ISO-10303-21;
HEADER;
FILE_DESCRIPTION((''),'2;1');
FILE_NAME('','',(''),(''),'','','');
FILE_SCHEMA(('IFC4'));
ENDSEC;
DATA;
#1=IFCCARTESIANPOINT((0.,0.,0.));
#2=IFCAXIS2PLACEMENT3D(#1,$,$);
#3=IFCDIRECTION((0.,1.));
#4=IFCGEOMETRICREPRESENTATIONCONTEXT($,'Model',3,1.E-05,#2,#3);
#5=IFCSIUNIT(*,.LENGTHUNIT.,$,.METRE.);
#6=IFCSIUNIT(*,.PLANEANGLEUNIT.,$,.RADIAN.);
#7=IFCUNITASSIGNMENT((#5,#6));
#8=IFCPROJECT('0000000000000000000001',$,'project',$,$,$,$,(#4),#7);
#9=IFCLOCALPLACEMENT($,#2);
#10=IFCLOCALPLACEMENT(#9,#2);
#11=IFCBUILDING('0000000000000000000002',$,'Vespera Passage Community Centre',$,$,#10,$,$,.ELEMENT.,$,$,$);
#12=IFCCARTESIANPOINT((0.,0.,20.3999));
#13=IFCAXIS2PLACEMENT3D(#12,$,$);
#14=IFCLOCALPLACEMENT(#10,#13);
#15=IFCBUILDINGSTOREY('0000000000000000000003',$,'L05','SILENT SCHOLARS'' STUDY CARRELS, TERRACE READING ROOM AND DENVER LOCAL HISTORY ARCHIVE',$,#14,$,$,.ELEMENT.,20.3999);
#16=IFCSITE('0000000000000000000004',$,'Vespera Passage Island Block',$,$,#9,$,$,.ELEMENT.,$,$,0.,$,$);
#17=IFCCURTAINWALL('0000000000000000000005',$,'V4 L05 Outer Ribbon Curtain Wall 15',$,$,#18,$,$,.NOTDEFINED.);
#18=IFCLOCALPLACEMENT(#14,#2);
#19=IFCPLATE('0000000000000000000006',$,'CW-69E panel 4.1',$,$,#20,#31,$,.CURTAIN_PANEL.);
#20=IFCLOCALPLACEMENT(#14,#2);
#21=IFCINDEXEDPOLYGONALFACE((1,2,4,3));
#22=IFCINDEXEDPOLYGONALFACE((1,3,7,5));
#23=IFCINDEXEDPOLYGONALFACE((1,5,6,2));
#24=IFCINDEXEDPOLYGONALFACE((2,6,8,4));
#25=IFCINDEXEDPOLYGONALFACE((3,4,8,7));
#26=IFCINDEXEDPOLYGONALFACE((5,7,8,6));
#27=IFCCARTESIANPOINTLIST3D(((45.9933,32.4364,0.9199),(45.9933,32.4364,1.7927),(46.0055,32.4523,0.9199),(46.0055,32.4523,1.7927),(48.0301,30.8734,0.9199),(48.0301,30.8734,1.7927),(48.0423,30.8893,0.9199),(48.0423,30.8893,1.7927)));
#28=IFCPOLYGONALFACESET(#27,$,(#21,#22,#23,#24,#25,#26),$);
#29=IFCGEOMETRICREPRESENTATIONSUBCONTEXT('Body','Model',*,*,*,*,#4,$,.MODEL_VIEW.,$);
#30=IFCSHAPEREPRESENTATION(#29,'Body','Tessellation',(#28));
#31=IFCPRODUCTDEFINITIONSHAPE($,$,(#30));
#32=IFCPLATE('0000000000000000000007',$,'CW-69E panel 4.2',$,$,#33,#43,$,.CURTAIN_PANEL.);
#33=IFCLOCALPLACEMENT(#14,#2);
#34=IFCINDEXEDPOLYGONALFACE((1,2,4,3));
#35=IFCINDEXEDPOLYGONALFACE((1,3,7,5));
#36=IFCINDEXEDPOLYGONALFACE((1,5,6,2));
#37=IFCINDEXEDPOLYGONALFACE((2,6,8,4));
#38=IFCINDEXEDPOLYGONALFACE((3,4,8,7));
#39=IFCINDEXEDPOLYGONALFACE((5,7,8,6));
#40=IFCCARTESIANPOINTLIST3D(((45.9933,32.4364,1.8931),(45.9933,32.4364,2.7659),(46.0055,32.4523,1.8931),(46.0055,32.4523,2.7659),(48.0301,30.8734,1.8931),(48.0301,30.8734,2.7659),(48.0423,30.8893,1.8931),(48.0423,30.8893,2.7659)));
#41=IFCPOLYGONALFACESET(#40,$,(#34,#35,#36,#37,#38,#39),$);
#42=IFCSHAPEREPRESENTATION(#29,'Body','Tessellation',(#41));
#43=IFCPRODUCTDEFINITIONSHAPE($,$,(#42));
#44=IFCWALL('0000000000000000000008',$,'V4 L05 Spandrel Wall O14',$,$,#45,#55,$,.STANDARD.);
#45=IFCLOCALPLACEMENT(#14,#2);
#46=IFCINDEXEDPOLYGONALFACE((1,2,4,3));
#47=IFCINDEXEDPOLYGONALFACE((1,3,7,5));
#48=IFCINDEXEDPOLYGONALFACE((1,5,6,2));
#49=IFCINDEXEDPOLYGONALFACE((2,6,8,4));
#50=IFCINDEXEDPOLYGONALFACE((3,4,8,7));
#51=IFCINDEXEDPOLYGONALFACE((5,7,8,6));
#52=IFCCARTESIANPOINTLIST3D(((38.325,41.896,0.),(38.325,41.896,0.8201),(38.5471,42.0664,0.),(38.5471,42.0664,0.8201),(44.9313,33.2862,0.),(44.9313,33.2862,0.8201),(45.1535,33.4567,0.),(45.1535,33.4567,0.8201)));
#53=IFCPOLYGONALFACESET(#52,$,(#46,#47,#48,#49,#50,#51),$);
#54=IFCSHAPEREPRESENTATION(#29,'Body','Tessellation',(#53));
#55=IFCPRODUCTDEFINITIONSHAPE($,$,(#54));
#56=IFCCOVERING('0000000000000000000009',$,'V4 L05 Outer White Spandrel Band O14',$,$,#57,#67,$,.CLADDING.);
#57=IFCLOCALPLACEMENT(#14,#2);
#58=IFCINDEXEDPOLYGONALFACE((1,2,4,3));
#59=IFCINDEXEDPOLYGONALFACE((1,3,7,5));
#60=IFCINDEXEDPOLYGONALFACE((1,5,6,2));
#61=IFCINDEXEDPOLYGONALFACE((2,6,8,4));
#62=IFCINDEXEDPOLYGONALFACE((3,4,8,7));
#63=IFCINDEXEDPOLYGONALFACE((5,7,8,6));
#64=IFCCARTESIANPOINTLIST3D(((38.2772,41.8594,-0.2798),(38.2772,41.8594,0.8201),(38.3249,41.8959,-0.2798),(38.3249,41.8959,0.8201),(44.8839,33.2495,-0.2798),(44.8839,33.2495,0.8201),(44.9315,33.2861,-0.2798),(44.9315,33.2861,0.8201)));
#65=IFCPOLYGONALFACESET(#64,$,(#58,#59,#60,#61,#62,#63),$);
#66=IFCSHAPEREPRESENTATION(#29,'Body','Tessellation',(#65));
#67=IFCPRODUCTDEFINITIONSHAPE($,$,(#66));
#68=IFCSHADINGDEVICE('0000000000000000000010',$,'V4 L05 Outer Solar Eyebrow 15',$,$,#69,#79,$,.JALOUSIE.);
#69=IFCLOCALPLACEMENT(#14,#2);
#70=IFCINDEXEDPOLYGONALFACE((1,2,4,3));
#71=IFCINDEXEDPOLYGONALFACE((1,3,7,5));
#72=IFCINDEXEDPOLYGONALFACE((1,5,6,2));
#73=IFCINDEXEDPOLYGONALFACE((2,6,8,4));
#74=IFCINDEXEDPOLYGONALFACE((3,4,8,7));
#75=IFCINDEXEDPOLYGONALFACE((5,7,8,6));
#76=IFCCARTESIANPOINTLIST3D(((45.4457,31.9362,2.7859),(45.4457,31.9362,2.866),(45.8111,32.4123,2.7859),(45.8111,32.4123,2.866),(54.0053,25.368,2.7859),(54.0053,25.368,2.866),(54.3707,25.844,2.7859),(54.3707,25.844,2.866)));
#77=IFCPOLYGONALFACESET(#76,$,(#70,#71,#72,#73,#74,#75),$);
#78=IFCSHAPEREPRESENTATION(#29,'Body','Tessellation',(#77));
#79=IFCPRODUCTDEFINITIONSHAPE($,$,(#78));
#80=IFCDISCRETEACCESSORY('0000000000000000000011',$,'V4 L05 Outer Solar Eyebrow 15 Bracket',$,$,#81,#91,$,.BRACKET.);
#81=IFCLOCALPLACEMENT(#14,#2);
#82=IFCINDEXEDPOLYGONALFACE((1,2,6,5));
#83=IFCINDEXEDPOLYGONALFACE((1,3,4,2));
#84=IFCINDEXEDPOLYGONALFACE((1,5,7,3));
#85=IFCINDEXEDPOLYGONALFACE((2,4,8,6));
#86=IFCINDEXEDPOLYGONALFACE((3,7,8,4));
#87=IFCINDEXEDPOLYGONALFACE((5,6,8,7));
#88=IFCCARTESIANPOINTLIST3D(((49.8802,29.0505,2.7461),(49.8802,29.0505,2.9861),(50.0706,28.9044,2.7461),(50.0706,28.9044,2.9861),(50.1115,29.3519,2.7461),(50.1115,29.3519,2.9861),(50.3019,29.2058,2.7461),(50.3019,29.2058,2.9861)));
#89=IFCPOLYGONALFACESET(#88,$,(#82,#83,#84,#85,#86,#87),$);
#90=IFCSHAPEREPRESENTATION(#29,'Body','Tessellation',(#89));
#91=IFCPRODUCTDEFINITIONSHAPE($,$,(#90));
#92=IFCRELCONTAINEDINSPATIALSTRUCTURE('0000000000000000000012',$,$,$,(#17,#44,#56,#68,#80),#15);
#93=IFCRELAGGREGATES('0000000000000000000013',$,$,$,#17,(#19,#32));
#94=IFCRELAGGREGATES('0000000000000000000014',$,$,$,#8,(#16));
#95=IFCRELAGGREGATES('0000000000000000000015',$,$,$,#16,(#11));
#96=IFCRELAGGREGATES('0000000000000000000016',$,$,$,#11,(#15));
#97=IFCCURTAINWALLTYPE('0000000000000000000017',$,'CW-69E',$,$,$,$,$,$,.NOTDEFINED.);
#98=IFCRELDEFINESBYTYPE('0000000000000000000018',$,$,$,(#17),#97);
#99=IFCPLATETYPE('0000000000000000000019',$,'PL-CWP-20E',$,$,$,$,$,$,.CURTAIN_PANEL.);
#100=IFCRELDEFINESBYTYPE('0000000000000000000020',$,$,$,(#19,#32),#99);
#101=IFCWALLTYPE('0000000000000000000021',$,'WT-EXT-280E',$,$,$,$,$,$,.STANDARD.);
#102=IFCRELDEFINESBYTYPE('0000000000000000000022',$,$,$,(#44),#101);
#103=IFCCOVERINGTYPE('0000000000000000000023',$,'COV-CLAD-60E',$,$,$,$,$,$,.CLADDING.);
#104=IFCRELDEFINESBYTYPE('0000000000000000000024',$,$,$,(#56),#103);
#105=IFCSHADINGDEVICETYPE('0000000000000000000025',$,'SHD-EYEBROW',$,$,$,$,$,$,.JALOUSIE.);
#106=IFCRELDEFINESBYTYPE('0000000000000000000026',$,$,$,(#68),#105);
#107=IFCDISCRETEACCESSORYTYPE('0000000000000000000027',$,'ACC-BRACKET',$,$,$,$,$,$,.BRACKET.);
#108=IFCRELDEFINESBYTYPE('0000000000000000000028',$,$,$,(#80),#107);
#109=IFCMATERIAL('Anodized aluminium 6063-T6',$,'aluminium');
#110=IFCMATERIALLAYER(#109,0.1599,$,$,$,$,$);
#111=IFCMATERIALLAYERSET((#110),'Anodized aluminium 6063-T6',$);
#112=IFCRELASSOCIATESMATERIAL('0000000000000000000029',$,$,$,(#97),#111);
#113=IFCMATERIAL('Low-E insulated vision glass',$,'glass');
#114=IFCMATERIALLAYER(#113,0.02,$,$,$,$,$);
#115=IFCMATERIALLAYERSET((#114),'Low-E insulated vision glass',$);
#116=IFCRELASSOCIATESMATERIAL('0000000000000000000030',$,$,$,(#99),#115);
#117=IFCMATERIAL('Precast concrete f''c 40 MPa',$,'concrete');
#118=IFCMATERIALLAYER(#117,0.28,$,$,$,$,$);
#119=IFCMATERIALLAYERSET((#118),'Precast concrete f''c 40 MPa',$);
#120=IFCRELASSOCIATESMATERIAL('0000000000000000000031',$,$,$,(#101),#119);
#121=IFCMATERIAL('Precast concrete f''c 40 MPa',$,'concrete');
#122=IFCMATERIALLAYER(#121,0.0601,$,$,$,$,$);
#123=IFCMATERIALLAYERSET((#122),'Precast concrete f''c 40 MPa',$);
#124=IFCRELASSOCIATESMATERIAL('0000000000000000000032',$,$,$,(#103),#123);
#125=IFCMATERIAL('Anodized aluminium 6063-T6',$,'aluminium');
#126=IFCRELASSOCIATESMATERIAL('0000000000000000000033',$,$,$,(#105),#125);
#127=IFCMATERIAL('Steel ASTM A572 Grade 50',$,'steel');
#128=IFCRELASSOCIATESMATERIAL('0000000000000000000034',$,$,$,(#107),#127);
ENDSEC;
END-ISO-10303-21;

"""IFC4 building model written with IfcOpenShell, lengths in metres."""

from ifc_helpers import new_model, si_unit, direction, frame, frame_2d, origin, origin_2d, place, context, subcontext, project, spatial, rectangle, extrude, material, layer, layer_set, type_object, element, aggregate, save


model = new_model("IFC4")

# Units and contexts
model_context = context("Model", 3, precision=1e-05, world=origin(), true_north=direction((0.0, 1.0)))
body_context = subcontext(model_context, "Body", "Model", "MODEL_VIEW")
ifc_project = project(units=[si_unit("LENGTHUNIT", "METRE"), si_unit("PLANEANGLEUNIT", "RADIAN")], contexts=[model_context])

# Site, building, storey
site_placement = place(None, origin())
site = spatial("IfcSite", under=ifc_project, at=site_placement, Name="Vespera Passage Island Block", CompositionType="ELEMENT", RefElevation=0.0)
building_placement = place(site_placement, origin())
building = spatial("IfcBuilding", under=site, at=building_placement, Name="Vespera Passage Community Centre", CompositionType="ELEMENT")
storey_placement = place(building_placement, frame((0.0, 0.0, 20.3999)))
storey = spatial("IfcBuildingStorey", under=building, at=storey_placement, Name="L05", Description="SILENT SCHOLARS' STUDY CARRELS, TERRACE READING ROOM AND DENVER LOCAL HISTORY ARCHIVE", CompositionType="ELEMENT", Elevation=20.3999)

# Curtain wall, plates
ifc_material_1 = material(Name="Anodized aluminium 6063-T6", Category="aluminium")
ifc_layer_1 = layer(ifc_material_1, 0.1599)
ifc_layer_set_1 = layer_set([ifc_layer_1], Name="Anodized aluminium 6063-T6")
curtain_wall_type = type_object("IfcCurtainWallType", Name="CW-69E", PredefinedType="NOTDEFINED", material=ifc_layer_set_1)
curtain_wall_placement = place(storey_placement, origin())
curtain_wall = element("IfcCurtainWall", 1, at=curtain_wall_placement, inside=storey, type_object=curtain_wall_type, Name="V4 L05 Outer Ribbon Curtain Wall 15", PredefinedType="NOTDEFINED")
ifc_material_2 = material(Name="Low-E insulated vision glass", Category="glass")
ifc_layer_2 = layer(ifc_material_2, 0.02)
ifc_layer_set_2 = layer_set([ifc_layer_2], Name="Low-E insulated vision glass")
plate_type = type_object("IfcPlateType", Name="PL-CWP-20E", PredefinedType="CURTAIN_PANEL", material=ifc_layer_set_2)
plate_1_placement = place(storey_placement, frame((47.0178, 31.6628, 0.9199), z_axis=(0.0, 0.0, 1.0), x_axis=(-0.793345, 0.608772, 0.0)))
plate_1 = element("IfcPlate", 2, at=plate_1_placement, type_object=plate_type, Name="CW-69E panel 4.1", PredefinedType="CURTAIN_PANEL", context=body_context, shape_type="SweptSolid", body=[
    extrude(rectangle(XDim=2.5674, YDim=0.02, at=origin_2d()), origin(), (0.0, 0.0, 1.0), 0.8728),
])
plate_2_placement = place(storey_placement, frame((47.0178, 31.6628, 1.8931), z_axis=(0.0, 0.0, 1.0), x_axis=(-0.793345, 0.608772, 0.0)))
plate_2 = element("IfcPlate", 3, at=plate_2_placement, type_object=plate_type, Name="CW-69E panel 4.2", PredefinedType="CURTAIN_PANEL", context=body_context, shape_type="SweptSolid", body=[
    extrude(rectangle(XDim=2.5674, YDim=0.02, at=origin_2d()), origin(), (0.0, 0.0, 1.0), 0.8728),
])
aggregate(curtain_wall, [plate_1, plate_2])

# Wall
ifc_material_3 = material(Name="Precast concrete f'c 40 MPa", Category="concrete")
ifc_layer_3 = layer(ifc_material_3, 0.28)
ifc_layer_set_3 = layer_set([ifc_layer_3], Name="Precast concrete f'c 40 MPa")
wall_type = type_object("IfcWallType", Name="WT-EXT-280E", PredefinedType="STANDARD", material=ifc_layer_set_3)
wall_placement = place(storey_placement, frame((45.0425, 33.3713, 0.0), z_axis=(0.0, 0.0, 1.0), x_axis=(-0.608754, 0.793359, 0.0)))
element("IfcWall", 4, at=wall_placement, inside=storey, type_object=wall_type, Name="V4 L05 Spandrel Wall O14", PredefinedType="STANDARD", context=body_context, shape_type="SweptSolid", body=[
    extrude(rectangle(XDim=10.8523, YDim=0.28, at=frame_2d((5.4263, 0.0))), origin(), (0.0, 0.0, 1.0), 0.8201),
])

# Covering
ifc_material_4 = material(Name="Precast concrete f'c 40 MPa", Category="concrete")
ifc_layer_4 = layer(ifc_material_4, 0.0601)
ifc_layer_set_4 = layer_set([ifc_layer_4], Name="Precast concrete f'c 40 MPa")
covering_type = type_object("IfcCoveringType", Name="COV-CLAD-60E", PredefinedType="CLADDING", material=ifc_layer_set_4)
covering_placement = place(storey_placement, frame((44.9077, 33.2678, -0.2798), z_axis=(0.0, 0.0, 1.0), x_axis=(-0.608768, 0.793348, 0.0)))
element("IfcCovering", 5, at=covering_placement, inside=storey, type_object=covering_type, Name="V4 L05 Outer White Spandrel Band O14", PredefinedType="CLADDING", context=body_context, shape_type="SweptSolid", body=[
    extrude(rectangle(XDim=10.8525, YDim=0.0601, at=frame_2d((5.4263, 0.0))), origin(), (0.0, 0.0, 1.0), 1.0999),
])

# Shading device
ifc_material_5 = material(Name="Anodized aluminium 6063-T6", Category="aluminium")
shading_device_type = type_object("IfcShadingDeviceType", Name="SHD-EYEBROW", PredefinedType="JALOUSIE", material=ifc_material_5)
shading_device_placement = place(storey_placement, frame((49.9082, 28.8901, 2.7859), z_axis=(0.0, 0.0, 1.0), x_axis=(-0.793343, 0.608775, 0.0)))
element("IfcShadingDevice", 6, at=shading_device_placement, inside=storey, type_object=shading_device_type, Name="V4 L05 Outer Solar Eyebrow 15", PredefinedType="JALOUSIE", context=body_context, shape_type="SweptSolid", body=[
    extrude(rectangle(XDim=10.7893, YDim=0.6001, at=origin_2d()), origin(), (0.0, 0.0, 1.0), 0.0801),
])

# Discrete accessory
ifc_material_6 = material(Name="Steel ASTM A572 Grade 50", Category="steel")
discrete_accessory_type = type_object("IfcDiscreteAccessoryType", Name="ACC-BRACKET", PredefinedType="BRACKET", material=ifc_material_6)
discrete_accessory_placement = place(storey_placement, frame((50.0911, 29.1282, 2.7461), z_axis=(0.0, 0.0, 1.0), x_axis=(-0.793343, 0.608775, 0.0)))
element("IfcDiscreteAccessory", 7, at=discrete_accessory_placement, inside=storey, type_object=discrete_accessory_type, Name="V4 L05 Outer Solar Eyebrow 15 Bracket", PredefinedType="BRACKET", context=body_context, shape_type="SweptSolid", body=[
    extrude(rectangle(XDim=0.24, YDim=0.3799, at=origin_2d()), origin(), (0.0, 0.0, 1.0), 0.24),
])

save(model, "model.ifc")
